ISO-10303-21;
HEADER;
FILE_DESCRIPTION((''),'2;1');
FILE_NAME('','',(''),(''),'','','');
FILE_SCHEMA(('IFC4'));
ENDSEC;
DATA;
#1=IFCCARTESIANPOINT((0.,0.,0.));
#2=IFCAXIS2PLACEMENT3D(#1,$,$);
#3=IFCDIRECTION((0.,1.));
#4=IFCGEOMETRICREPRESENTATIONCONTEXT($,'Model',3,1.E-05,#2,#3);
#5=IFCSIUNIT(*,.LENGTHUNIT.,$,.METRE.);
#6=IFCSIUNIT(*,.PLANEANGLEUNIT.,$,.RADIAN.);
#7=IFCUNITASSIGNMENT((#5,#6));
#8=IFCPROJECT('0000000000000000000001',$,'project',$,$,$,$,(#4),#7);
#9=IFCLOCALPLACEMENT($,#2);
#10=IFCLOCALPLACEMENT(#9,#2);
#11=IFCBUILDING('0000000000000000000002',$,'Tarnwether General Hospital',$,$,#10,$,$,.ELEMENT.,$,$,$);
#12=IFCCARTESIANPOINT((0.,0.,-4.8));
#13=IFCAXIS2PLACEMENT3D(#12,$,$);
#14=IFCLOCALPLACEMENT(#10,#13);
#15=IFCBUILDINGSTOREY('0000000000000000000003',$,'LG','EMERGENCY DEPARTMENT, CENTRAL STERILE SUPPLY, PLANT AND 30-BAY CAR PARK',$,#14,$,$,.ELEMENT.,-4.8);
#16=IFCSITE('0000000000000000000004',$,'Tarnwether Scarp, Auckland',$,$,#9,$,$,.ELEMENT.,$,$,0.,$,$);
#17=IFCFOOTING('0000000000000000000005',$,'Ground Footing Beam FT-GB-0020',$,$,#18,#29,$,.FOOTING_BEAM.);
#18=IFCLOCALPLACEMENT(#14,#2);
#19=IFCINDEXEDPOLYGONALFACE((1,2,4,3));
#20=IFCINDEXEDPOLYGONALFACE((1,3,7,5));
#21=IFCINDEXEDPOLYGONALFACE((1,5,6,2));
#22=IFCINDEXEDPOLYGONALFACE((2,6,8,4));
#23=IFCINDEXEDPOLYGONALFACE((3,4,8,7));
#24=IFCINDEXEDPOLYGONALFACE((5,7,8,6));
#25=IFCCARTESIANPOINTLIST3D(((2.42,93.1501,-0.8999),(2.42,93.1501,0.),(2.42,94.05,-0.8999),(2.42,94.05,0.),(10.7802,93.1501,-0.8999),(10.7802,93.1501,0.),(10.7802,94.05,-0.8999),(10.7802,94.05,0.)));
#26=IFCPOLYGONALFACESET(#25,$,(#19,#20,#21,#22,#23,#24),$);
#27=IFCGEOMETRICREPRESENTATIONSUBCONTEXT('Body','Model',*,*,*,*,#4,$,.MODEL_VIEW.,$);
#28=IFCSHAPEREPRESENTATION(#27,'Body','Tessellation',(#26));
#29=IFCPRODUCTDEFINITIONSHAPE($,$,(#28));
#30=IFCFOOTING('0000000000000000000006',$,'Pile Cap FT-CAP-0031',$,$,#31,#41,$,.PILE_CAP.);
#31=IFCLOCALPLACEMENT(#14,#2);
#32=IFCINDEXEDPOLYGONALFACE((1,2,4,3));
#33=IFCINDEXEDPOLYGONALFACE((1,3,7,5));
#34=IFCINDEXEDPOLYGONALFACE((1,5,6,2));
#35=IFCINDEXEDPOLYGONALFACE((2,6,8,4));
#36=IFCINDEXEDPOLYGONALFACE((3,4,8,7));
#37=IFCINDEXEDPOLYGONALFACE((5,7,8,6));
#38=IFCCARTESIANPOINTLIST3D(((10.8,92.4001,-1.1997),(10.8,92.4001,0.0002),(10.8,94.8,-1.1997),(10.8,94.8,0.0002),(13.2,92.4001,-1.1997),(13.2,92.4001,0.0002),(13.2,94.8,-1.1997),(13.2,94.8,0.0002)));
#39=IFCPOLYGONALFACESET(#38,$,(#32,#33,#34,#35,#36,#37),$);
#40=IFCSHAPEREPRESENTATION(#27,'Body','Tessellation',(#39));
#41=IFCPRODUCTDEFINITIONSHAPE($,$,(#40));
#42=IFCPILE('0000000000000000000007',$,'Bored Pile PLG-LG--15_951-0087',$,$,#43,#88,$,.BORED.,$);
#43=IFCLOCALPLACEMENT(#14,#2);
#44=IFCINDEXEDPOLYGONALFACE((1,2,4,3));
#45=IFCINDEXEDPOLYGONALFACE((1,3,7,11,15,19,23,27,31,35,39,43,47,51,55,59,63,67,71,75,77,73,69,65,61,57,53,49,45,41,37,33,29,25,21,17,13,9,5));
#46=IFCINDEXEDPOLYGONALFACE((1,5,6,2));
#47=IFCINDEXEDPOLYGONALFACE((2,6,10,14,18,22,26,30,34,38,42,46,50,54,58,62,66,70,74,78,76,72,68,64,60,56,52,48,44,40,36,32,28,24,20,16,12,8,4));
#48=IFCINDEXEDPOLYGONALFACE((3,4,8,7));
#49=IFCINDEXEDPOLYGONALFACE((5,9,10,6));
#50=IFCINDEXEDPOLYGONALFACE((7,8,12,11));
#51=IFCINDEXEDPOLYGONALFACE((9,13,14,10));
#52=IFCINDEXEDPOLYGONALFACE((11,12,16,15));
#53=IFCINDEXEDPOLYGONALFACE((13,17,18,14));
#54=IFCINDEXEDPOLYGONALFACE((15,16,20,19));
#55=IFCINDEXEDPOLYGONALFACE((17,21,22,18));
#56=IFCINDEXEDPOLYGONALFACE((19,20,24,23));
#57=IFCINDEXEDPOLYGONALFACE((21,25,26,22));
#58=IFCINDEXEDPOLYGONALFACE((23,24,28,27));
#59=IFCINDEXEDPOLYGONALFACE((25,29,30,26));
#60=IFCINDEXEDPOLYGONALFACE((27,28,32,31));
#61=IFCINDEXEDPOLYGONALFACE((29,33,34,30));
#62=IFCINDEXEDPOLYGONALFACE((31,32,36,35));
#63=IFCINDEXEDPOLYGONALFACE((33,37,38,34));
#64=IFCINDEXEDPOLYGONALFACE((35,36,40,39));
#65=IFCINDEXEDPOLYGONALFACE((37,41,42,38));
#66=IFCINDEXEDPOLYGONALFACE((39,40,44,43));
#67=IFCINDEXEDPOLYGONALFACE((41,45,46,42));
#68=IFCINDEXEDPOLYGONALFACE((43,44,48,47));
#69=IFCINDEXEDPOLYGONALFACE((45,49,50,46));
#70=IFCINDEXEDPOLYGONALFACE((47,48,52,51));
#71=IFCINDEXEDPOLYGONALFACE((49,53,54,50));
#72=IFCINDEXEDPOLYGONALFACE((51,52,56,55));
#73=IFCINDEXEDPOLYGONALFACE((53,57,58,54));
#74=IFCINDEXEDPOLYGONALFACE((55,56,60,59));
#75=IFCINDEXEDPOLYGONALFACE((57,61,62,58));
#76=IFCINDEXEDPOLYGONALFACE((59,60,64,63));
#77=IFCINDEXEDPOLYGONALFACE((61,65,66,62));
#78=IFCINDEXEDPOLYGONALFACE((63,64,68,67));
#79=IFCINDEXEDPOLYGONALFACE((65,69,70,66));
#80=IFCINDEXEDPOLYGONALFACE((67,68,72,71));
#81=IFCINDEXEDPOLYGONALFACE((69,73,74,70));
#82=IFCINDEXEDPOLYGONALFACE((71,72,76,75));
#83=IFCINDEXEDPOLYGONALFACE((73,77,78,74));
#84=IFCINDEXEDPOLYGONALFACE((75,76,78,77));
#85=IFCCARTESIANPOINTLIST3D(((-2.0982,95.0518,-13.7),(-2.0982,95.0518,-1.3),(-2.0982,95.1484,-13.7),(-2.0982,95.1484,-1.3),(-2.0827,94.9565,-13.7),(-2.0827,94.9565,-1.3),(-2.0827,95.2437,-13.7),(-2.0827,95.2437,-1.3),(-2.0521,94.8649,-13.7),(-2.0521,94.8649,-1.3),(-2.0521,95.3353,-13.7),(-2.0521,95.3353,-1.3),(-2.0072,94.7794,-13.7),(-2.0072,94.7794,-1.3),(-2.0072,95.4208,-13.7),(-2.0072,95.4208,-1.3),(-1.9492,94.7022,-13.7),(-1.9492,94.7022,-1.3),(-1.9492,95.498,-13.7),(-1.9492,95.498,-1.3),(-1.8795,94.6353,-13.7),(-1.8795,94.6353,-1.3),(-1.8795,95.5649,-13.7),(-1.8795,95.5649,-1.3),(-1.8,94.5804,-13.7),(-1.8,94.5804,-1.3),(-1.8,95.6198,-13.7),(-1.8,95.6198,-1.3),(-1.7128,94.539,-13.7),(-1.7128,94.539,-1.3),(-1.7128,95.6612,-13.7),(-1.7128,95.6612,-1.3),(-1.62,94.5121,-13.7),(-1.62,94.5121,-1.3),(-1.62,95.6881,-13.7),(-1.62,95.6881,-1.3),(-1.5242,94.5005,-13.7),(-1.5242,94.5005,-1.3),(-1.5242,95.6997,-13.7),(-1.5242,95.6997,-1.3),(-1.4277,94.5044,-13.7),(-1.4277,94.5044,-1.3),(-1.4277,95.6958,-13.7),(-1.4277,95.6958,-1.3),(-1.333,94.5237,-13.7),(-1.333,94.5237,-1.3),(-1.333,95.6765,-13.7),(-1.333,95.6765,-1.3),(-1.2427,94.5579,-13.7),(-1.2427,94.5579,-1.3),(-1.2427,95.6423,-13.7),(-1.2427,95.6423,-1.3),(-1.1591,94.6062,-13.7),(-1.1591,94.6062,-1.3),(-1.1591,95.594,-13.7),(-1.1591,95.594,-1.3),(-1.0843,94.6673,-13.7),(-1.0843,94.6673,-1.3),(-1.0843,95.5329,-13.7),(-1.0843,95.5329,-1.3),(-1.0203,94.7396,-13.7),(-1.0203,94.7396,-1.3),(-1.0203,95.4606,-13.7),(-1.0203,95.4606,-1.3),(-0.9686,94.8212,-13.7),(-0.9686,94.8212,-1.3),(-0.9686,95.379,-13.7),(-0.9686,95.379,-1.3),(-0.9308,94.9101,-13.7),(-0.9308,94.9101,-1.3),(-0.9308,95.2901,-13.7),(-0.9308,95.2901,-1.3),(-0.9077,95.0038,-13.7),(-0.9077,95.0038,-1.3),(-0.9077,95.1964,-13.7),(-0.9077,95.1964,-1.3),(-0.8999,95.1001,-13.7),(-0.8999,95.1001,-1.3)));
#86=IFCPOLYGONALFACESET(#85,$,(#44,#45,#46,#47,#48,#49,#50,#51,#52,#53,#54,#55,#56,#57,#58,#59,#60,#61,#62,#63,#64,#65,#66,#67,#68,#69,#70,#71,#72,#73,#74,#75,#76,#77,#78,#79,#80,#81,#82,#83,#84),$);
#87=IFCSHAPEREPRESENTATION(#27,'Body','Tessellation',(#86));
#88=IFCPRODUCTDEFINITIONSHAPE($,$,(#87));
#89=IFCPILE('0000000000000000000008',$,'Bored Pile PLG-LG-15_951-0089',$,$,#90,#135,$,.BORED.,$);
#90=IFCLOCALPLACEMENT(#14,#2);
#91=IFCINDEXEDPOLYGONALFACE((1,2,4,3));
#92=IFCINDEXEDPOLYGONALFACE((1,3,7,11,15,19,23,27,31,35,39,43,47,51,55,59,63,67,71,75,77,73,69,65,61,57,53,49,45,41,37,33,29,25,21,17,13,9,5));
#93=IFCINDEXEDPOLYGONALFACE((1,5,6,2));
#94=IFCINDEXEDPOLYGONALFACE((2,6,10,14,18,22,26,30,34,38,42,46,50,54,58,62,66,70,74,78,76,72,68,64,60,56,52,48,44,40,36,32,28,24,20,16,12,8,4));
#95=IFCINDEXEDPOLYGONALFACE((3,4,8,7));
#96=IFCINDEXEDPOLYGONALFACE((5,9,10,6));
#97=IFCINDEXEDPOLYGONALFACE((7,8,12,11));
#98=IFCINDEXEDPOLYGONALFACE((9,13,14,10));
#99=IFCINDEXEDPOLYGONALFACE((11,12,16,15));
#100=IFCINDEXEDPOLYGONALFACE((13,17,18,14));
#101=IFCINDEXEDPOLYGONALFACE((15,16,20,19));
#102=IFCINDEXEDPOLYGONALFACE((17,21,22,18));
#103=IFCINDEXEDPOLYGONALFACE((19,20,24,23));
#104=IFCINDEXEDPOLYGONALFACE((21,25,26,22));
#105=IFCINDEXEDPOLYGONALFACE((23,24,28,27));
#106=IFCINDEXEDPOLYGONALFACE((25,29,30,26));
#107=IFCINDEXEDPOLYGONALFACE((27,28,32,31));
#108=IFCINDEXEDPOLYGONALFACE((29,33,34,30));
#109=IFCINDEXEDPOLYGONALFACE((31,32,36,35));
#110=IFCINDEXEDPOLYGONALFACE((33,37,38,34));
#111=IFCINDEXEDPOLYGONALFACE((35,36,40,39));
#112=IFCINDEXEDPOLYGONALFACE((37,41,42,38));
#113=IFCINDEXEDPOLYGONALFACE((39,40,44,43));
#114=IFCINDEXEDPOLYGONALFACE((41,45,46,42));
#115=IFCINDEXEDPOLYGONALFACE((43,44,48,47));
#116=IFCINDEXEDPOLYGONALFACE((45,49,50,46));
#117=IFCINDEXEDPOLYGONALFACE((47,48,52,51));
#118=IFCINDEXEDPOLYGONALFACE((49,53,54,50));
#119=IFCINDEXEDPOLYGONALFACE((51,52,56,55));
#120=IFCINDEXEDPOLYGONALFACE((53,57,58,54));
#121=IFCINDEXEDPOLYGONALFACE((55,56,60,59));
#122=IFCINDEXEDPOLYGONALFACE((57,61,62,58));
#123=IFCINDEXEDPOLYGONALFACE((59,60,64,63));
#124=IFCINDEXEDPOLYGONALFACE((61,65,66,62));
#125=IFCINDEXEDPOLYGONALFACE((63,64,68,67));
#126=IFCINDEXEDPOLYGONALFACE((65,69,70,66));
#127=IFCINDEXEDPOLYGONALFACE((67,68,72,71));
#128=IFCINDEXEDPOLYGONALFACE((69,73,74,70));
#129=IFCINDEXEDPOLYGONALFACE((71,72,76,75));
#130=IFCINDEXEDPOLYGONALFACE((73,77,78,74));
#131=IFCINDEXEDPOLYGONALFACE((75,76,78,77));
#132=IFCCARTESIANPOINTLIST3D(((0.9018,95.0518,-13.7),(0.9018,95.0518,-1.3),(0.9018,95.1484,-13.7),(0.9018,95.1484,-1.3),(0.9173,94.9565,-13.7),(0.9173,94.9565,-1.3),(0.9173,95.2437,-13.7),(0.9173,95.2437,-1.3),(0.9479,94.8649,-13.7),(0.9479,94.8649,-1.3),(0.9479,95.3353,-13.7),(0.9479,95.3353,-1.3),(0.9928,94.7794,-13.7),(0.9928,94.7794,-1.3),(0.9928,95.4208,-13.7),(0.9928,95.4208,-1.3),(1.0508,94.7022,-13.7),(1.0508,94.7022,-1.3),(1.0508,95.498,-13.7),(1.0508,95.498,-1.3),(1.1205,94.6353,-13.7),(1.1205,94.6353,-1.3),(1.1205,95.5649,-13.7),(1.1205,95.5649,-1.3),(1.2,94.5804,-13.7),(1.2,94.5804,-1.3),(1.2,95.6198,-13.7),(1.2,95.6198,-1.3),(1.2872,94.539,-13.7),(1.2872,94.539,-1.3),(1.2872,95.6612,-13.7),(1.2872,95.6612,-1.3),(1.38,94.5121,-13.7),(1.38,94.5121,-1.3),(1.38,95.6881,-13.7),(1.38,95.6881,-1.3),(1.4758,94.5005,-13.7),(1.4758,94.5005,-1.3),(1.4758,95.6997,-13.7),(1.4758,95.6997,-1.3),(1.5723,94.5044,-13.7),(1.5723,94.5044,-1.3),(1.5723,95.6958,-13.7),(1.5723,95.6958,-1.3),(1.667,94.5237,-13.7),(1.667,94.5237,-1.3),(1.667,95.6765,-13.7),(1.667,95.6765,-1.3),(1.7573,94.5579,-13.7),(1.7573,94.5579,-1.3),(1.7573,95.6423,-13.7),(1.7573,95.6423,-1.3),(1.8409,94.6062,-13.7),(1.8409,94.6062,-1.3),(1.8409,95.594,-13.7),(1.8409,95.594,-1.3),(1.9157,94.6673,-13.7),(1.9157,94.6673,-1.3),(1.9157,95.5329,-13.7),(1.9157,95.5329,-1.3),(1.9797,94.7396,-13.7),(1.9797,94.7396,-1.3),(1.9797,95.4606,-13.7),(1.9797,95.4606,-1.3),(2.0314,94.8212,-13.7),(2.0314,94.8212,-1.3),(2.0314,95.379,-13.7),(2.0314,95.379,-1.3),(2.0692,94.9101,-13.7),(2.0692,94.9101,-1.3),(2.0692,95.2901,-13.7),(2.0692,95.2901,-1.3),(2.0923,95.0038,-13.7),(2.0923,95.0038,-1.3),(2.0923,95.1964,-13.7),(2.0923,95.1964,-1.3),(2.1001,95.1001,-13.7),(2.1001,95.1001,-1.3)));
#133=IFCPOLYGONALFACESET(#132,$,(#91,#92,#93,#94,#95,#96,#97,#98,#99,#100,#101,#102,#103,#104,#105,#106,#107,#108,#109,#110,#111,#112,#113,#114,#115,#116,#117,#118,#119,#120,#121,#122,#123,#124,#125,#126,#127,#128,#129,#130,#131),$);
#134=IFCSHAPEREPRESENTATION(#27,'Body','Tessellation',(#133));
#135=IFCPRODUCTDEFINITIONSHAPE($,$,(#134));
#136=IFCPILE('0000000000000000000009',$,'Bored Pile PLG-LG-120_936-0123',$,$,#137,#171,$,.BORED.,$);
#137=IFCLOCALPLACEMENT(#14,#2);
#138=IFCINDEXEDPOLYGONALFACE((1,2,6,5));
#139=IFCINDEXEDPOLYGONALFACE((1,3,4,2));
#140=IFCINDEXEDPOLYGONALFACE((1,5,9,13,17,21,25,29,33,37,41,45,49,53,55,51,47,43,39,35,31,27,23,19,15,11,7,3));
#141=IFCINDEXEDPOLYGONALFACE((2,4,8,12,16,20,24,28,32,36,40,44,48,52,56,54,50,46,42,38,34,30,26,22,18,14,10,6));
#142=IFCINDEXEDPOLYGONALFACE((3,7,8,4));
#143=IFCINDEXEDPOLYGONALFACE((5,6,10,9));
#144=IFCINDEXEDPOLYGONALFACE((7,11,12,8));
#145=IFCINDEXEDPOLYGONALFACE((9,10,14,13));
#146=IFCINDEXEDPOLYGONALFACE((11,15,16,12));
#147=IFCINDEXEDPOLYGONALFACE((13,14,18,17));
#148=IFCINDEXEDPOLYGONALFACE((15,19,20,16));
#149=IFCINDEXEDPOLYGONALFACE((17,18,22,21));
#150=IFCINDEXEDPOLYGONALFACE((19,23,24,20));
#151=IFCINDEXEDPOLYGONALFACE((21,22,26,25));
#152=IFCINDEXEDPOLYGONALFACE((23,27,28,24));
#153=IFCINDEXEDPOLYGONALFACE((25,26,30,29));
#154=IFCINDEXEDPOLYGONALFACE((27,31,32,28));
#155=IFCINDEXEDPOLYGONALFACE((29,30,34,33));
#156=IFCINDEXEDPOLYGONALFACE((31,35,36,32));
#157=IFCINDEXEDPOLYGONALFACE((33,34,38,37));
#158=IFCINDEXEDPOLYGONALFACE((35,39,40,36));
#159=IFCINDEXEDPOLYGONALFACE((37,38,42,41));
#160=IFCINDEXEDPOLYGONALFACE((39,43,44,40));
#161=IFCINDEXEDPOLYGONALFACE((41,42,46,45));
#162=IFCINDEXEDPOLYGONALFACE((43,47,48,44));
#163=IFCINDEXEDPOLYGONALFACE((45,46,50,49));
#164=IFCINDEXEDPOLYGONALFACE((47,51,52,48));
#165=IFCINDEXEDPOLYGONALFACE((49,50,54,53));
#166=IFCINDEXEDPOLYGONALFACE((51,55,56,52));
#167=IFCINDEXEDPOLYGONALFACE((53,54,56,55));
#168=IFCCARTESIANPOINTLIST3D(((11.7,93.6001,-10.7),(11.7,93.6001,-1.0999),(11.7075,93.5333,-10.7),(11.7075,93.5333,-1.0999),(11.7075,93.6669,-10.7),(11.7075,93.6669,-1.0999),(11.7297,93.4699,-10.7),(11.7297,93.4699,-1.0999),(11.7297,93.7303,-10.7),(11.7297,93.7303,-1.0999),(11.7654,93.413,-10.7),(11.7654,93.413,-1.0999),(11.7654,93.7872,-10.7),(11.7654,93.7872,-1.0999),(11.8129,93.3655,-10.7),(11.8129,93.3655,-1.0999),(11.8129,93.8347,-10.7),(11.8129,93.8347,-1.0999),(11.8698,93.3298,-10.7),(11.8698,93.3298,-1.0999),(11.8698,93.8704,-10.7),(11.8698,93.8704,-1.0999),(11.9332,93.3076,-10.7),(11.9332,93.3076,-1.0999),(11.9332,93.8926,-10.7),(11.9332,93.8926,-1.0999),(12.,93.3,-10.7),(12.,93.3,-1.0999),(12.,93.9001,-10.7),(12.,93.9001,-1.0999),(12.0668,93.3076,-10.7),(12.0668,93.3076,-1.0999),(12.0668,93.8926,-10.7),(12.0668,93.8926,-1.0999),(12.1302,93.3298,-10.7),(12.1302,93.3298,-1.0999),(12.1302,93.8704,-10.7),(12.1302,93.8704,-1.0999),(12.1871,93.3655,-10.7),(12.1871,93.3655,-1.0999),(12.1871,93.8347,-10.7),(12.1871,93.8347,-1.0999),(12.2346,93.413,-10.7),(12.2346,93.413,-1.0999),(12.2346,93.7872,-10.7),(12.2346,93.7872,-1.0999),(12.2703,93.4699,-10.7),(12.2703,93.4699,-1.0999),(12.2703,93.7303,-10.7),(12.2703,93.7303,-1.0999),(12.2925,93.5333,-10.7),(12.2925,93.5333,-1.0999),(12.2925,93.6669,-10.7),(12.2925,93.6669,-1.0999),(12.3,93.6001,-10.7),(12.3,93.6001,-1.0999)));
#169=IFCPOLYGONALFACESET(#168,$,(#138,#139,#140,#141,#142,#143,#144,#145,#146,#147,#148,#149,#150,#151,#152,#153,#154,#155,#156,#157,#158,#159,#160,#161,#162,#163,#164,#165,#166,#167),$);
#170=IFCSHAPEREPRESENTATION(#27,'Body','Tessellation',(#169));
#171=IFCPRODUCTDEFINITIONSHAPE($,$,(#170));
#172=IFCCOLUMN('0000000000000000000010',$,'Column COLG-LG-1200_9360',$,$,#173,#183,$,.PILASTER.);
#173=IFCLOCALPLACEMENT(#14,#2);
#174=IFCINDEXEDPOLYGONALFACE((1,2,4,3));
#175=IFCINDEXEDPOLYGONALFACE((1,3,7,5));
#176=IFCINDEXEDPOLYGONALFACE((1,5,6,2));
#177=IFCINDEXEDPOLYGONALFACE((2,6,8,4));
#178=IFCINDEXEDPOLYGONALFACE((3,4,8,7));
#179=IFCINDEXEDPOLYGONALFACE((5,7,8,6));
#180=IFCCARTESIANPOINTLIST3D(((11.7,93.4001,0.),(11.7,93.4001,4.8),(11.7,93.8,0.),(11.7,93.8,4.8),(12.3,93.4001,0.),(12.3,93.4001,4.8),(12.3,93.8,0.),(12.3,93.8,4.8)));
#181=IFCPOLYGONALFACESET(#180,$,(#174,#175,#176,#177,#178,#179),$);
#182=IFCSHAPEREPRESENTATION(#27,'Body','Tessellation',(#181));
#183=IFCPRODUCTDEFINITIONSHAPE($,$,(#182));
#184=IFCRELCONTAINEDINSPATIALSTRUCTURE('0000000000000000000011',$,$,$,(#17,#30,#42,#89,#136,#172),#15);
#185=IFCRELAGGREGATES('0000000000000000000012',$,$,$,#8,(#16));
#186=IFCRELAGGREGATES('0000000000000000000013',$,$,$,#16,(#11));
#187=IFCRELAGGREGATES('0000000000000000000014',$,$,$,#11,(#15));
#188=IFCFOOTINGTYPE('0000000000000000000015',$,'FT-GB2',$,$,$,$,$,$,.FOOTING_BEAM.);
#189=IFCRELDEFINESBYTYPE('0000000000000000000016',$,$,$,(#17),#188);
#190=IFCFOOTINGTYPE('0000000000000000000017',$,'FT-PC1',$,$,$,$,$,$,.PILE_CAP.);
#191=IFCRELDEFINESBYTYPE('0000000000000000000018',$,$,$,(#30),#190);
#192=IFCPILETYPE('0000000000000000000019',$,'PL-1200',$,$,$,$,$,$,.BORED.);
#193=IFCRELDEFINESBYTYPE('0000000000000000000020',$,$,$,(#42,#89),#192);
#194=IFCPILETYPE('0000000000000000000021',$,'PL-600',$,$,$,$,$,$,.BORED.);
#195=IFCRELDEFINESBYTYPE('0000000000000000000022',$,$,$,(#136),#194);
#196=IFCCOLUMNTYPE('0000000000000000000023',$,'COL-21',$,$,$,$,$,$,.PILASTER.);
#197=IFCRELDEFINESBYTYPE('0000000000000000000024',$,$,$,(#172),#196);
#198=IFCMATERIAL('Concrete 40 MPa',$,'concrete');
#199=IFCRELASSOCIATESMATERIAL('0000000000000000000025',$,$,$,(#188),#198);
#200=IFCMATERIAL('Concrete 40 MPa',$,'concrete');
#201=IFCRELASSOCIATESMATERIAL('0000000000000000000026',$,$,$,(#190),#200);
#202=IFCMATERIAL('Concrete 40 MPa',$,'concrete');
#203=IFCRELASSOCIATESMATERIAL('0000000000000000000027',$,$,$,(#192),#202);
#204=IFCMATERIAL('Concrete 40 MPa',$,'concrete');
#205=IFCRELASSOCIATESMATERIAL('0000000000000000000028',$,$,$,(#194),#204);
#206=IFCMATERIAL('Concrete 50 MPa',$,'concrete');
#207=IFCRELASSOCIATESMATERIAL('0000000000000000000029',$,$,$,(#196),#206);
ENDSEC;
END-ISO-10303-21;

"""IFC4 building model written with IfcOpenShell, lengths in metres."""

from ifc_helpers import new_model, si_unit, direction, frame, origin, origin_2d, place, context, subcontext, project, spatial, rectangle, circle, extrude, material, material_profile, profile_set, type_object, element, save


model = new_model("IFC4")

# Units and contexts
model_context = context("Model", 3, precision=1e-05, world=origin(), true_north=direction((0.0, 1.0)))
body_context = subcontext(model_context, "Body", "Model", "MODEL_VIEW")
ifc_project = project(units=[si_unit("LENGTHUNIT", "METRE"), si_unit("PLANEANGLEUNIT", "RADIAN")], contexts=[model_context])

# Site, building, storey
site_placement = place(None, origin())
site = spatial("IfcSite", under=ifc_project, at=site_placement, Name="Tarnwether Scarp, Auckland", CompositionType="ELEMENT", RefElevation=0.0)
building_placement = place(site_placement, origin())
building = spatial("IfcBuilding", under=site, at=building_placement, Name="Tarnwether General Hospital", CompositionType="ELEMENT")
storey_placement = place(building_placement, frame((0.0, 0.0, -4.8)))
storey = spatial("IfcBuildingStorey", under=building, at=storey_placement, Name="LG", Description="EMERGENCY DEPARTMENT, CENTRAL STERILE SUPPLY, PLANT AND 30-BAY CAR PARK", CompositionType="ELEMENT", Elevation=-4.8)

# Footings
ifc_material_1 = material(Name="Concrete 40 MPa", Category="concrete")
footing_type_1 = type_object("IfcFootingType", Name="FT-GB2", PredefinedType="FOOTING_BEAM", material=ifc_material_1)
footing_1_placement = place(storey_placement, frame((6.6001, 93.6001, -0.8999), z_axis=(0.0, 0.0, 1.0), x_axis=(1.0, 0.0, 0.0)))
element("IfcFooting", 1, at=footing_1_placement, inside=storey, type_object=footing_type_1, Name="Ground Footing Beam FT-GB-0020", PredefinedType="FOOTING_BEAM", context=body_context, shape_type="SweptSolid", body=[
    extrude(rectangle(XDim=8.3601, YDim=0.8999, at=origin_2d()), origin(), (0.0, 0.0, 1.0), 0.8999),
])
ifc_material_2 = material(Name="Concrete 40 MPa", Category="concrete")
footing_type_2 = type_object("IfcFootingType", Name="FT-PC1", PredefinedType="PILE_CAP", material=ifc_material_2)
footing_2_placement = place(storey_placement, frame((12.0, 93.6001, -1.1997), z_axis=(0.0, 0.0, 1.0), x_axis=(0.0, 1.0, 0.0)))
element("IfcFooting", 2, at=footing_2_placement, inside=storey, type_object=footing_type_2, Name="Pile Cap FT-CAP-0031", PredefinedType="PILE_CAP", context=body_context, shape_type="SweptSolid", body=[
    extrude(rectangle(XDim=2.3999, YDim=2.3999, at=origin_2d()), origin(), (0.0, 0.0, 1.0), 1.2),
])

# Piles
ifc_material_3 = material(Name="Concrete 40 MPa", Category="concrete")
ifc_material_profile_1 = material_profile(ifc_material_3, circle(Radius=0.6001, at=origin_2d()), Name="PILE-D1200")
ifc_profile_set_1 = profile_set([ifc_material_profile_1], Name="Concrete 40 MPa")
pile_type_1 = type_object("IfcPileType", Name="PL-1200", PredefinedType="BORED", material=ifc_profile_set_1)
for number, where, z_axis, x_axis, name in (
    (3, (-1.5, 95.1001, -1.3), (0.0, 0.0, -1.0), (1.0, 0.0, 0.0), "Bored Pile PLG-LG--15_951-0087"),
    (4, (1.5, 95.1001, -1.3), (0.0, 0.0, -1.0), (1.0, 0.0, 0.0), "Bored Pile PLG-LG-15_951-0089"),
):
    element("IfcPile", number, at=place(storey_placement, frame(where, z_axis=z_axis, x_axis=x_axis)), inside=storey, type_object=pile_type_1, Name=name, PredefinedType="BORED", context=body_context, shape_type="SweptSolid", body=[
        extrude(circle(Radius=0.6001, at=origin_2d()), origin(), (0.0, 0.0, 1.0), 12.3999),
    ])
ifc_material_4 = material(Name="Concrete 40 MPa", Category="concrete")
ifc_material_profile_2 = material_profile(ifc_material_4, circle(Radius=0.3, at=origin_2d()), Name="PILE-D600")
ifc_profile_set_2 = profile_set([ifc_material_profile_2], Name="Concrete 40 MPa")
pile_type_2 = type_object("IfcPileType", Name="PL-600", PredefinedType="BORED", material=ifc_profile_set_2)
pile_placement = place(storey_placement, frame((12.0, 93.6001, -1.0999), z_axis=(0.0, 0.0, -1.0), x_axis=(1.0, 0.0, 0.0)))
element("IfcPile", 5, at=pile_placement, inside=storey, type_object=pile_type_2, Name="Bored Pile PLG-LG-120_936-0123", PredefinedType="BORED", context=body_context, shape_type="SweptSolid", body=[
    extrude(circle(Radius=0.3, at=origin_2d()), origin(), (0.0, 0.0, 1.0), 9.6001),
])

# Column
ifc_material_5 = material(Name="Concrete 50 MPa", Category="concrete")
ifc_material_profile_3 = material_profile(ifc_material_5, rectangle(XDim=0.3999, YDim=0.6001, at=origin_2d()), Name="RC-PIL-400x600")
ifc_profile_set_3 = profile_set([ifc_material_profile_3], Name="Concrete 50 MPa")
column_type = type_object("IfcColumnType", Name="COL-21", PredefinedType="PILASTER", material=ifc_profile_set_3)
column_placement = place(storey_placement, frame((12.0, 93.6001, 0.0), z_axis=(0.0, 0.0, 1.0), x_axis=(0.0, 1.0, 0.0)))
element("IfcColumn", 6, at=column_placement, inside=storey, type_object=column_type, Name="Column COLG-LG-1200_9360", PredefinedType="PILASTER", context=body_context, shape_type="SweptSolid", body=[
    extrude(rectangle(XDim=0.3999, YDim=0.6001, at=origin_2d()), origin(), (0.0, 0.0, 1.0), 4.8),
])

save(model, "model.ifc")
